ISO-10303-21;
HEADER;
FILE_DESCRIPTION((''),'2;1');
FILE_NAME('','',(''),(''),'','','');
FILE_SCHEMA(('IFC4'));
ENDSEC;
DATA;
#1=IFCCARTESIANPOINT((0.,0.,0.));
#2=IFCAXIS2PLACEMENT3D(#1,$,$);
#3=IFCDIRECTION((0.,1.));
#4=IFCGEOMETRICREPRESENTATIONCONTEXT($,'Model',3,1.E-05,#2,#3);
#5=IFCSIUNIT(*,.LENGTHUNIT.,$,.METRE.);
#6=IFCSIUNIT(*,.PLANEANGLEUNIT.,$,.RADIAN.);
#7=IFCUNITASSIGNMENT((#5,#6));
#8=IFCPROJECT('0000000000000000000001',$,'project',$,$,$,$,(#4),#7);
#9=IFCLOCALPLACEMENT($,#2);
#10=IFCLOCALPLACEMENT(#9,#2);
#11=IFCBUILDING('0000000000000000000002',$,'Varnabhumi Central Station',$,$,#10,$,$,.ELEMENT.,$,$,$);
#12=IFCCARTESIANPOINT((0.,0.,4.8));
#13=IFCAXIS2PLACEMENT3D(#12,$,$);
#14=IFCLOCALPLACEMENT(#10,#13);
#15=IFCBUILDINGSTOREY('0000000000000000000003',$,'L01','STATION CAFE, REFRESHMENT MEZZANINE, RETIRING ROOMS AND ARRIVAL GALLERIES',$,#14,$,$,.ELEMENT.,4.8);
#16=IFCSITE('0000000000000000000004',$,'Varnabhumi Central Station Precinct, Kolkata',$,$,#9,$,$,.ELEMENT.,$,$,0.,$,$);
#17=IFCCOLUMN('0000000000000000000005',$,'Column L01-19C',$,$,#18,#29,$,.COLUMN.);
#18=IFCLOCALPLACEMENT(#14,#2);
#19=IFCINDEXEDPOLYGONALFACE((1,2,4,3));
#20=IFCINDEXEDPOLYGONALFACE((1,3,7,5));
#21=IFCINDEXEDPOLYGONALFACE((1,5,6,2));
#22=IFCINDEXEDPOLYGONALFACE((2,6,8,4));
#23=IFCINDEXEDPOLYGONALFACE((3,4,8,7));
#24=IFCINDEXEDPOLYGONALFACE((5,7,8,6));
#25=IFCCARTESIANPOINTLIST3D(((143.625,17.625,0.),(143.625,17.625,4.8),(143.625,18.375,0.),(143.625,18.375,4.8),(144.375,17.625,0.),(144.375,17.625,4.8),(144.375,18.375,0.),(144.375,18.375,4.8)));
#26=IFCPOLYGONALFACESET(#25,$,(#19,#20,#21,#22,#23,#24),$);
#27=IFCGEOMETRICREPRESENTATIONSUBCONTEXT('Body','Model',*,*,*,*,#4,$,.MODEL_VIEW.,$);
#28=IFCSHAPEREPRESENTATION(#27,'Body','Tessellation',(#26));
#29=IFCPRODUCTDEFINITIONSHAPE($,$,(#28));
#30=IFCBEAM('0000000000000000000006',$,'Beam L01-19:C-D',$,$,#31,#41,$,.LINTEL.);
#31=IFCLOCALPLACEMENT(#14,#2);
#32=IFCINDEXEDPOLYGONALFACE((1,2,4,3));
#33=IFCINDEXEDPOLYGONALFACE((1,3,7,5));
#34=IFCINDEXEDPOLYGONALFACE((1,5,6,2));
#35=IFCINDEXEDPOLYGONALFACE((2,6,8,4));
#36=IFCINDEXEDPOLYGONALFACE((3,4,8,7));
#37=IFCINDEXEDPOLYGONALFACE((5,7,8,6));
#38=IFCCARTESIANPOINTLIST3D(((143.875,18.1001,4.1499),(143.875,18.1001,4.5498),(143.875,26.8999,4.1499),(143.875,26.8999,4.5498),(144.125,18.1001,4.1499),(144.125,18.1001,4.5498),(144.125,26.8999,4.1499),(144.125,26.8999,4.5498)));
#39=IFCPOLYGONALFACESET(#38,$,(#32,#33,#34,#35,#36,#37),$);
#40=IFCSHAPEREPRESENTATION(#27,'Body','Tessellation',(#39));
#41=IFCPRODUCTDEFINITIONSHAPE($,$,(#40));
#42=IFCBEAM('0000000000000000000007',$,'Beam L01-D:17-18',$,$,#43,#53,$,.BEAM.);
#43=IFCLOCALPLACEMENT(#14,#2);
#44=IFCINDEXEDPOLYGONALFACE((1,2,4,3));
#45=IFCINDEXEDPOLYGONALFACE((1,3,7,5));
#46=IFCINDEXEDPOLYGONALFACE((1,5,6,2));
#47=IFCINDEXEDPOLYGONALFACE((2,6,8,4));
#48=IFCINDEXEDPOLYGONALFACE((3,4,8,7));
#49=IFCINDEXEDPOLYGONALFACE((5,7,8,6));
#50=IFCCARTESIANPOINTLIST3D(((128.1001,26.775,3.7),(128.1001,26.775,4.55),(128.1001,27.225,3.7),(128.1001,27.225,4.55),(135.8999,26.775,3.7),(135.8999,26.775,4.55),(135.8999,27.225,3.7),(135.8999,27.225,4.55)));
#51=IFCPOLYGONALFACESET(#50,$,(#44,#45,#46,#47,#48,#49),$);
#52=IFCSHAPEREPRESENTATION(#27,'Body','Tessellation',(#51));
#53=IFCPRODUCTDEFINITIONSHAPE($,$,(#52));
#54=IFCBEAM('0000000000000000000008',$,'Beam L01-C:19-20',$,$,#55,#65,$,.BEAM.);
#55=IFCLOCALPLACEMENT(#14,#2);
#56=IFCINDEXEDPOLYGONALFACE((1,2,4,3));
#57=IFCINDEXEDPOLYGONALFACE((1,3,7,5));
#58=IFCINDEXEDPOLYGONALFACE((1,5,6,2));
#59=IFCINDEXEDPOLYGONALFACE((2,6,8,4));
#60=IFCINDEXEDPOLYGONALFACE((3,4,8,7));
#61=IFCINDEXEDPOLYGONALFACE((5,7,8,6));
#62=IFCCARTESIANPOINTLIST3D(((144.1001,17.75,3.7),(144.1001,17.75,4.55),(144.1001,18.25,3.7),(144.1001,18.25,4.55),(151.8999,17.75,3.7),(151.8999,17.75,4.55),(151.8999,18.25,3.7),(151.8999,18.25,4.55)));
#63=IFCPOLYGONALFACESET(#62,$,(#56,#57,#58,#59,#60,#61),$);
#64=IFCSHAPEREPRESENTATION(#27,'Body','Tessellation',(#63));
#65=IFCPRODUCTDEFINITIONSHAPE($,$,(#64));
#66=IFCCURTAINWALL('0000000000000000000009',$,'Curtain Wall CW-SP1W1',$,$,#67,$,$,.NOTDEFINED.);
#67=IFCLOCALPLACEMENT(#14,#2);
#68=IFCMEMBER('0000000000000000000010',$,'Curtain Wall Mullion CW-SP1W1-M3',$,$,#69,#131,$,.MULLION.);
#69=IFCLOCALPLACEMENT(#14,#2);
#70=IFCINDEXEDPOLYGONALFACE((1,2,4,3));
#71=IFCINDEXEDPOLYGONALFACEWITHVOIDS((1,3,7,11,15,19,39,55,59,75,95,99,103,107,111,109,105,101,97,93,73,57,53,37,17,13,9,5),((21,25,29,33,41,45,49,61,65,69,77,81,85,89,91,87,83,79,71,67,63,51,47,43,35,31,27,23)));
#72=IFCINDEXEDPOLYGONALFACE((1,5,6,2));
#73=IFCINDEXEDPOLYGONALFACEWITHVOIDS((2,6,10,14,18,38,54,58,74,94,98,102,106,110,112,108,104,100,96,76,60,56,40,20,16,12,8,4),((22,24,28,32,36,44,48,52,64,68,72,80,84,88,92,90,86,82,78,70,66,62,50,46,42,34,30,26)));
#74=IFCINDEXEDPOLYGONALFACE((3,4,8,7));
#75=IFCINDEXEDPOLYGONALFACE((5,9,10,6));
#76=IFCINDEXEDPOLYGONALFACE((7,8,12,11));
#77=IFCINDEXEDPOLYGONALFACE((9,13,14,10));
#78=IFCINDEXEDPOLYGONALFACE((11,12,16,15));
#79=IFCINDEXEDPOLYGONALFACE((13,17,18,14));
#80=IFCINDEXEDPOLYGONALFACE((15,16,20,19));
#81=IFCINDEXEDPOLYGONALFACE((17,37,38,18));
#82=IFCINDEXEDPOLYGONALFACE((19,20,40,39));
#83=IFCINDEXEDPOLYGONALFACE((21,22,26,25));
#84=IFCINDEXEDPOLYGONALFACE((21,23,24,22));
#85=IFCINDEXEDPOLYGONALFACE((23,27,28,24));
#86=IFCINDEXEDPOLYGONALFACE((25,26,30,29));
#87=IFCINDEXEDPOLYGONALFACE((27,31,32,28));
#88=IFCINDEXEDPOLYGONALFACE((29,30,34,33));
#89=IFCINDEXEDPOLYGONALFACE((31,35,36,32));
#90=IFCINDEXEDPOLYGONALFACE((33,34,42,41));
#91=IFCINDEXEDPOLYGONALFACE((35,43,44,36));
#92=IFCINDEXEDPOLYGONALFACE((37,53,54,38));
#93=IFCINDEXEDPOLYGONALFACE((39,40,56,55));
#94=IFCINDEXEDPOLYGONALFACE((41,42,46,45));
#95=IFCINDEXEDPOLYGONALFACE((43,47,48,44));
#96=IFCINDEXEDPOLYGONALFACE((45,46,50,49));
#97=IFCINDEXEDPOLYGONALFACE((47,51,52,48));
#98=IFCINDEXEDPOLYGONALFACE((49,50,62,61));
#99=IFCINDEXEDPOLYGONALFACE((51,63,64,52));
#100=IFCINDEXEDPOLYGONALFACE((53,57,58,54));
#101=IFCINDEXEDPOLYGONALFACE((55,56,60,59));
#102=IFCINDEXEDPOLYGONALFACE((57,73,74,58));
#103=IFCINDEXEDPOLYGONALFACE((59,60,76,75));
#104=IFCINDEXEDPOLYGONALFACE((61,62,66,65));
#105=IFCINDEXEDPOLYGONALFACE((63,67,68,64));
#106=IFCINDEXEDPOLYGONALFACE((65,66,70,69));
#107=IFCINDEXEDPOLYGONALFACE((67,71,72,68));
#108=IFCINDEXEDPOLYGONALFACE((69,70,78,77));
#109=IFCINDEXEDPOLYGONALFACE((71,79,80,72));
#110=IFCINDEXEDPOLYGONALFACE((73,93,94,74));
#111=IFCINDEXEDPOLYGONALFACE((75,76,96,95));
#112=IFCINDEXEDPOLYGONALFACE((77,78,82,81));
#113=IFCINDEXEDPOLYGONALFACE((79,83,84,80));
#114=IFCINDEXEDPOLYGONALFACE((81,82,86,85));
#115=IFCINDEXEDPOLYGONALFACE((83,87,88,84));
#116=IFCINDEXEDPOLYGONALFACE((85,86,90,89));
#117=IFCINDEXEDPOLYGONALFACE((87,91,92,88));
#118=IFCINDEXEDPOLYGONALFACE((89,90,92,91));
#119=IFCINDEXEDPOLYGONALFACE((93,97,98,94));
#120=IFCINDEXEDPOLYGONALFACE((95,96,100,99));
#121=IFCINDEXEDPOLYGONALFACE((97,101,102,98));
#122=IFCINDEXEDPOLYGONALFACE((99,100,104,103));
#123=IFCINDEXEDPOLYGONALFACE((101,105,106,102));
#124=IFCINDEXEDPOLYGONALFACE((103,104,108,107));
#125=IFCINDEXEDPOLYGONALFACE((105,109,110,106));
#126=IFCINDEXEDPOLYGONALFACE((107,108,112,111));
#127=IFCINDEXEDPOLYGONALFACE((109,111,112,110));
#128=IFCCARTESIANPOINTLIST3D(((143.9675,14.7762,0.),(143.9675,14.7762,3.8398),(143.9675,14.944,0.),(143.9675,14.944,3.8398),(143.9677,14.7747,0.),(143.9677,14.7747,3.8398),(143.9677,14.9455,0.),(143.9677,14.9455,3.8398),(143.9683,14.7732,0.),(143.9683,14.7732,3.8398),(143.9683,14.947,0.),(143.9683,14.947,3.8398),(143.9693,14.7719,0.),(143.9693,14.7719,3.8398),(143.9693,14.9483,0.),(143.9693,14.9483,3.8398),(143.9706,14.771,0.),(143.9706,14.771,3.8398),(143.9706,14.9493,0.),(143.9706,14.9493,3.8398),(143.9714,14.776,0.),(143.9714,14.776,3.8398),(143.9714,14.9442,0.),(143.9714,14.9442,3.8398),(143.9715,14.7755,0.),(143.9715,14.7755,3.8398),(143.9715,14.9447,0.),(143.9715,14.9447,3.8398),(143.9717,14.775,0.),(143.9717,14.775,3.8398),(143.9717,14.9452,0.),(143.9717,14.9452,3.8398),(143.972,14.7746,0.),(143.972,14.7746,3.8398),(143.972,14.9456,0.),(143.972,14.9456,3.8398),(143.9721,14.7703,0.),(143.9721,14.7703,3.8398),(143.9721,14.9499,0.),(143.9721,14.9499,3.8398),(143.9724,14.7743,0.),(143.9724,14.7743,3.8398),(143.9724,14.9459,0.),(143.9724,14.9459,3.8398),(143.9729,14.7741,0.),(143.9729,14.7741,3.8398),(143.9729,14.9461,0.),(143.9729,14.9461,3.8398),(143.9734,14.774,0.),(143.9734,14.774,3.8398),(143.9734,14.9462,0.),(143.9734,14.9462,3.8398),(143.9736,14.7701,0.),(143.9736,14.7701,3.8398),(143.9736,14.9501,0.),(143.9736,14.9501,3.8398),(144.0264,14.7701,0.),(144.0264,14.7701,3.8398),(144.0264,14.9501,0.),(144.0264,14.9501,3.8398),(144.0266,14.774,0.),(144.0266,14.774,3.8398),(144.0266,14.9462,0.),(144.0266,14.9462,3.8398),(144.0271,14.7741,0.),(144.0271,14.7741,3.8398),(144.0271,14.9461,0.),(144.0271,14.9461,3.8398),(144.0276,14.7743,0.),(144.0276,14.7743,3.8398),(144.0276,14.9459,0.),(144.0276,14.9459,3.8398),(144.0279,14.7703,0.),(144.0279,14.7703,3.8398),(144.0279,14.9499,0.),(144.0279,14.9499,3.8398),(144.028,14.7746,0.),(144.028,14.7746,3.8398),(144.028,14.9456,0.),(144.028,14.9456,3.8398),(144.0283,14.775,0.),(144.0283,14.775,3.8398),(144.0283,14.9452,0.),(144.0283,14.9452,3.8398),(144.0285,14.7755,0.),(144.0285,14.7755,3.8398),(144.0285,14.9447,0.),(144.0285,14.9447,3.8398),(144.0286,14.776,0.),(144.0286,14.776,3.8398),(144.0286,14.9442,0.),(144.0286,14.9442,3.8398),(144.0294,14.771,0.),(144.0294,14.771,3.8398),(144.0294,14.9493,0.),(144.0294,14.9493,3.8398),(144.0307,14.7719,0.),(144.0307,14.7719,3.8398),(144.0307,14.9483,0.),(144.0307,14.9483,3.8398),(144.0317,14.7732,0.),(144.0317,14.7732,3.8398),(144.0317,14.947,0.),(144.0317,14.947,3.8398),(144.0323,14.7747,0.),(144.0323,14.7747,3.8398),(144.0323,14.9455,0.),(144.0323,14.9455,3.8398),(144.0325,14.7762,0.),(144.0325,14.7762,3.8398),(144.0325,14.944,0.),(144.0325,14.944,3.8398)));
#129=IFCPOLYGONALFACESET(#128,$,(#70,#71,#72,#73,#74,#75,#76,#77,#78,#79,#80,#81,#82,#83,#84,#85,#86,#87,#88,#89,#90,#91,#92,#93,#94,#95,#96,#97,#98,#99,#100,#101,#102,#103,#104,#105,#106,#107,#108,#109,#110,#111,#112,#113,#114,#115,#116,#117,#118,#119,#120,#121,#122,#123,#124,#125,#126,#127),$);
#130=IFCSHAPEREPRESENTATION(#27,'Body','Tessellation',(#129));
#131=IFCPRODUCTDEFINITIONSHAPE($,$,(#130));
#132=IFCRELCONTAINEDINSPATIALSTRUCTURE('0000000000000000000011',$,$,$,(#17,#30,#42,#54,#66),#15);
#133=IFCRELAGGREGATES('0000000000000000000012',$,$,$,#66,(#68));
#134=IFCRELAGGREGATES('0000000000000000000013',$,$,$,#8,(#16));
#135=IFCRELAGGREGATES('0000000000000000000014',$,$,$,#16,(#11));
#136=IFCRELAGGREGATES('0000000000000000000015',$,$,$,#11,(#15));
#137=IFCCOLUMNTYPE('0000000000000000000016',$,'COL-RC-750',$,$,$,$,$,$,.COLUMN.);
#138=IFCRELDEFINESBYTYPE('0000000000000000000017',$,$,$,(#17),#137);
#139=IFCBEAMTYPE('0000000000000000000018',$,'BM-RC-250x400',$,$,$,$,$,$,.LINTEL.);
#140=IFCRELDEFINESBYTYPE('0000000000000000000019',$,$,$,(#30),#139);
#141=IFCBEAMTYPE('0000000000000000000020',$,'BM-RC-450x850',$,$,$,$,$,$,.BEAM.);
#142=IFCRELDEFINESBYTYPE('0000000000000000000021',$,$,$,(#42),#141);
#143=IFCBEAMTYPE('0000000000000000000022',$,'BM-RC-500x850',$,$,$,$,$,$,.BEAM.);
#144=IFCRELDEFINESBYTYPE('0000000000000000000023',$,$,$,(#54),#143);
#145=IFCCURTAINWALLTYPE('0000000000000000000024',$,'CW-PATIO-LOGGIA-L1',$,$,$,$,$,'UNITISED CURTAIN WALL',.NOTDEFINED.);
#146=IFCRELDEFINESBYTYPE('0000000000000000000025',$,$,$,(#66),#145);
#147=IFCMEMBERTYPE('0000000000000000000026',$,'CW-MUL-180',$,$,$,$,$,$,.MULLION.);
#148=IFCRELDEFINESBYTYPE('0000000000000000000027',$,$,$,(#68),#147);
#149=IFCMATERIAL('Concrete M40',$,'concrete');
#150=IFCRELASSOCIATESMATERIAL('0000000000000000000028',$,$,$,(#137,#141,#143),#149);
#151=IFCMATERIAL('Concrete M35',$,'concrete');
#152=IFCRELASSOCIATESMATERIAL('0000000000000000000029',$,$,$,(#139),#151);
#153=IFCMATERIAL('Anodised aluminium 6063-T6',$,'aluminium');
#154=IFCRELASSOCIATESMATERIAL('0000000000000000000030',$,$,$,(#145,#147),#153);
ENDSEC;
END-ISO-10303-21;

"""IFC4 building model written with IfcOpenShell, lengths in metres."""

from ifc_helpers import new_model, si_unit, direction, frame, origin, origin_2d, place, context, subcontext, project, spatial, rectangle, hollow_rectangle, extrude, material, material_profile, profile_set, type_object, element, aggregate, save


model = new_model("IFC4")

# Units and contexts
model_context = context("Model", 3, precision=1e-05, world=origin(), true_north=direction((0.0, 1.0)))
body_context = subcontext(model_context, "Body", "Model", "MODEL_VIEW")
ifc_project = project(units=[si_unit("LENGTHUNIT", "METRE"), si_unit("PLANEANGLEUNIT", "RADIAN")], contexts=[model_context])

# Site, building, storey
site_placement = place(None, origin())
site = spatial("IfcSite", under=ifc_project, at=site_placement, Name="Varnabhumi Central Station Precinct, Kolkata", CompositionType="ELEMENT", RefElevation=0.0)
building_placement = place(site_placement, origin())
building = spatial("IfcBuilding", under=site, at=building_placement, Name="Varnabhumi Central Station", CompositionType="ELEMENT")
storey_placement = place(building_placement, frame((0.0, 0.0, 4.8)))
storey = spatial("IfcBuildingStorey", under=building, at=storey_placement, Name="L01", Description="STATION CAFE, REFRESHMENT MEZZANINE, RETIRING ROOMS AND ARRIVAL GALLERIES", CompositionType="ELEMENT", Elevation=4.8)

# Column
ifc_material_1 = material(Name="Concrete M40", Category="concrete")
ifc_material_profile_1 = material_profile(ifc_material_1, rectangle(XDim=0.75, YDim=0.75, at=origin_2d()), Name="Concrete M40", Category="concrete")
ifc_profile_set_1 = profile_set([ifc_material_profile_1], Name="Concrete M40")
column_type = type_object("IfcColumnType", Name="COL-RC-750", PredefinedType="COLUMN", material=ifc_profile_set_1)
column_placement = place(storey_placement, frame((144.0, 18.0, 0.0), z_axis=(0.0, 0.0, 1.0), x_axis=(1.0, 0.0, 0.0)))
element("IfcColumn", 1, at=column_placement, inside=storey, type_object=column_type, Name="Column L01-19C", PredefinedType="COLUMN", context=body_context, shape_type="SweptSolid", body=[
    extrude(rectangle(XDim=0.75, YDim=0.75, at=origin_2d()), origin(), (0.0, 0.0, 1.0), 4.8),
])

# Beams
ifc_material_2 = material(Name="Concrete M35", Category="concrete")
ifc_material_profile_2 = material_profile(ifc_material_2, rectangle(XDim=0.25, YDim=0.3999, at=origin_2d()), Name="Concrete M35", Category="concrete")
ifc_profile_set_2 = profile_set([ifc_material_profile_2], Name="Concrete M35")
beam_type_1 = type_object("IfcBeamType", Name="BM-RC-250x400", PredefinedType="LINTEL", material=ifc_profile_set_2)
beam_1_placement = place(storey_placement, frame((144.0, 18.1001, 4.3499), z_axis=(0.0, 1.0, 0.0), x_axis=(-1.0, 0.0, 0.0)))
element("IfcBeam", 2, at=beam_1_placement, inside=storey, type_object=beam_type_1, Name="Beam L01-19:C-D", PredefinedType="LINTEL", context=body_context, shape_type="SweptSolid", body=[
    extrude(rectangle(XDim=0.25, YDim=0.3999, at=origin_2d()), origin(), (0.0, 0.0, 1.0), 8.7998),
])
ifc_material_profile_3 = material_profile(ifc_material_1, rectangle(XDim=0.45, YDim=0.8501, at=origin_2d()), Name="Concrete M40", Category="concrete")
ifc_profile_set_3 = profile_set([ifc_material_profile_3], Name="Concrete M40")
beam_type_2 = type_object("IfcBeamType", Name="BM-RC-450x850", PredefinedType="BEAM", material=ifc_profile_set_3)
beam_2_placement = place(storey_placement, frame((128.1001, 27.0, 4.125), z_axis=(1.0, 0.0, 0.0), x_axis=(0.0, 1.0, 0.0)))
element("IfcBeam", 3, at=beam_2_placement, inside=storey, type_object=beam_type_2, Name="Beam L01-D:17-18", PredefinedType="BEAM", context=body_context, shape_type="SweptSolid", body=[
    extrude(rectangle(XDim=0.45, YDim=0.8501, at=origin_2d()), origin(), (0.0, 0.0, 1.0), 7.7998),
])
ifc_material_profile_4 = material_profile(ifc_material_1, rectangle(XDim=0.5, YDim=0.8501, at=origin_2d()), Name="Concrete M40", Category="concrete")
ifc_profile_set_4 = profile_set([ifc_material_profile_4], Name="Concrete M40")
beam_type_3 = type_object("IfcBeamType", Name="BM-RC-500x850", PredefinedType="BEAM", material=ifc_profile_set_4)
beam_3_placement = place(storey_placement, frame((144.1001, 18.0, 4.125), z_axis=(1.0, 0.0, 0.0), x_axis=(0.0, 1.0, 0.0)))
element("IfcBeam", 4, at=beam_3_placement, inside=storey, type_object=beam_type_3, Name="Beam L01-C:19-20", PredefinedType="BEAM", context=body_context, shape_type="SweptSolid", body=[
    extrude(rectangle(XDim=0.5, YDim=0.8501, at=origin_2d()), origin(), (0.0, 0.0, 1.0), 7.7998),
])

# Curtain wall, member
ifc_material_3 = material(Name="Anodised aluminium 6063-T6", Category="aluminium")
curtain_wall_type = type_object("IfcCurtainWallType", Name="CW-PATIO-LOGGIA-L1", ElementType="UNITISED CURTAIN WALL", PredefinedType="NOTDEFINED", material=ifc_material_3)
curtain_wall_1_placement = place(storey_placement, origin())
curtain_wall_1 = element("IfcCurtainWall", 5, at=curtain_wall_1_placement, inside=storey, type_object=curtain_wall_type, Name="Curtain Wall CW-SP1W1", PredefinedType="NOTDEFINED")
ifc_material_profile_5 = material_profile(ifc_material_3, hollow_rectangle(XDim=0.0649, YDim=0.1799, WallThickness=0.0039, InnerFilletRadius=0.002, OuterFilletRadius=0.0061, at=origin_2d()), Name="Anodised aluminium 6063-T6", Category="aluminium")
ifc_profile_set_5 = profile_set([ifc_material_profile_5], Name="Anodised aluminium 6063-T6")
member_type_1 = type_object("IfcMemberType", Name="CW-MUL-180", PredefinedType="MULLION", material=ifc_profile_set_5)
member_1_placement = place(storey_placement, frame((144.0, 14.8601, 0.0), z_axis=(0.0, 0.0, 1.0), x_axis=(1.0, 0.0, 0.0)))
member_1 = element("IfcMember", 6, at=member_1_placement, type_object=member_type_1, Name="Curtain Wall Mullion CW-SP1W1-M3", PredefinedType="MULLION", context=body_context, shape_type="SweptSolid", body=[
    extrude(hollow_rectangle(XDim=0.0649, YDim=0.1799, WallThickness=0.0039, InnerFilletRadius=0.002, OuterFilletRadius=0.0061, at=origin_2d()), origin(), (0.0, 0.0, 1.0), 3.8398),
])

aggregate(curtain_wall_1, [member_1])

save(model, "model.ifc")
